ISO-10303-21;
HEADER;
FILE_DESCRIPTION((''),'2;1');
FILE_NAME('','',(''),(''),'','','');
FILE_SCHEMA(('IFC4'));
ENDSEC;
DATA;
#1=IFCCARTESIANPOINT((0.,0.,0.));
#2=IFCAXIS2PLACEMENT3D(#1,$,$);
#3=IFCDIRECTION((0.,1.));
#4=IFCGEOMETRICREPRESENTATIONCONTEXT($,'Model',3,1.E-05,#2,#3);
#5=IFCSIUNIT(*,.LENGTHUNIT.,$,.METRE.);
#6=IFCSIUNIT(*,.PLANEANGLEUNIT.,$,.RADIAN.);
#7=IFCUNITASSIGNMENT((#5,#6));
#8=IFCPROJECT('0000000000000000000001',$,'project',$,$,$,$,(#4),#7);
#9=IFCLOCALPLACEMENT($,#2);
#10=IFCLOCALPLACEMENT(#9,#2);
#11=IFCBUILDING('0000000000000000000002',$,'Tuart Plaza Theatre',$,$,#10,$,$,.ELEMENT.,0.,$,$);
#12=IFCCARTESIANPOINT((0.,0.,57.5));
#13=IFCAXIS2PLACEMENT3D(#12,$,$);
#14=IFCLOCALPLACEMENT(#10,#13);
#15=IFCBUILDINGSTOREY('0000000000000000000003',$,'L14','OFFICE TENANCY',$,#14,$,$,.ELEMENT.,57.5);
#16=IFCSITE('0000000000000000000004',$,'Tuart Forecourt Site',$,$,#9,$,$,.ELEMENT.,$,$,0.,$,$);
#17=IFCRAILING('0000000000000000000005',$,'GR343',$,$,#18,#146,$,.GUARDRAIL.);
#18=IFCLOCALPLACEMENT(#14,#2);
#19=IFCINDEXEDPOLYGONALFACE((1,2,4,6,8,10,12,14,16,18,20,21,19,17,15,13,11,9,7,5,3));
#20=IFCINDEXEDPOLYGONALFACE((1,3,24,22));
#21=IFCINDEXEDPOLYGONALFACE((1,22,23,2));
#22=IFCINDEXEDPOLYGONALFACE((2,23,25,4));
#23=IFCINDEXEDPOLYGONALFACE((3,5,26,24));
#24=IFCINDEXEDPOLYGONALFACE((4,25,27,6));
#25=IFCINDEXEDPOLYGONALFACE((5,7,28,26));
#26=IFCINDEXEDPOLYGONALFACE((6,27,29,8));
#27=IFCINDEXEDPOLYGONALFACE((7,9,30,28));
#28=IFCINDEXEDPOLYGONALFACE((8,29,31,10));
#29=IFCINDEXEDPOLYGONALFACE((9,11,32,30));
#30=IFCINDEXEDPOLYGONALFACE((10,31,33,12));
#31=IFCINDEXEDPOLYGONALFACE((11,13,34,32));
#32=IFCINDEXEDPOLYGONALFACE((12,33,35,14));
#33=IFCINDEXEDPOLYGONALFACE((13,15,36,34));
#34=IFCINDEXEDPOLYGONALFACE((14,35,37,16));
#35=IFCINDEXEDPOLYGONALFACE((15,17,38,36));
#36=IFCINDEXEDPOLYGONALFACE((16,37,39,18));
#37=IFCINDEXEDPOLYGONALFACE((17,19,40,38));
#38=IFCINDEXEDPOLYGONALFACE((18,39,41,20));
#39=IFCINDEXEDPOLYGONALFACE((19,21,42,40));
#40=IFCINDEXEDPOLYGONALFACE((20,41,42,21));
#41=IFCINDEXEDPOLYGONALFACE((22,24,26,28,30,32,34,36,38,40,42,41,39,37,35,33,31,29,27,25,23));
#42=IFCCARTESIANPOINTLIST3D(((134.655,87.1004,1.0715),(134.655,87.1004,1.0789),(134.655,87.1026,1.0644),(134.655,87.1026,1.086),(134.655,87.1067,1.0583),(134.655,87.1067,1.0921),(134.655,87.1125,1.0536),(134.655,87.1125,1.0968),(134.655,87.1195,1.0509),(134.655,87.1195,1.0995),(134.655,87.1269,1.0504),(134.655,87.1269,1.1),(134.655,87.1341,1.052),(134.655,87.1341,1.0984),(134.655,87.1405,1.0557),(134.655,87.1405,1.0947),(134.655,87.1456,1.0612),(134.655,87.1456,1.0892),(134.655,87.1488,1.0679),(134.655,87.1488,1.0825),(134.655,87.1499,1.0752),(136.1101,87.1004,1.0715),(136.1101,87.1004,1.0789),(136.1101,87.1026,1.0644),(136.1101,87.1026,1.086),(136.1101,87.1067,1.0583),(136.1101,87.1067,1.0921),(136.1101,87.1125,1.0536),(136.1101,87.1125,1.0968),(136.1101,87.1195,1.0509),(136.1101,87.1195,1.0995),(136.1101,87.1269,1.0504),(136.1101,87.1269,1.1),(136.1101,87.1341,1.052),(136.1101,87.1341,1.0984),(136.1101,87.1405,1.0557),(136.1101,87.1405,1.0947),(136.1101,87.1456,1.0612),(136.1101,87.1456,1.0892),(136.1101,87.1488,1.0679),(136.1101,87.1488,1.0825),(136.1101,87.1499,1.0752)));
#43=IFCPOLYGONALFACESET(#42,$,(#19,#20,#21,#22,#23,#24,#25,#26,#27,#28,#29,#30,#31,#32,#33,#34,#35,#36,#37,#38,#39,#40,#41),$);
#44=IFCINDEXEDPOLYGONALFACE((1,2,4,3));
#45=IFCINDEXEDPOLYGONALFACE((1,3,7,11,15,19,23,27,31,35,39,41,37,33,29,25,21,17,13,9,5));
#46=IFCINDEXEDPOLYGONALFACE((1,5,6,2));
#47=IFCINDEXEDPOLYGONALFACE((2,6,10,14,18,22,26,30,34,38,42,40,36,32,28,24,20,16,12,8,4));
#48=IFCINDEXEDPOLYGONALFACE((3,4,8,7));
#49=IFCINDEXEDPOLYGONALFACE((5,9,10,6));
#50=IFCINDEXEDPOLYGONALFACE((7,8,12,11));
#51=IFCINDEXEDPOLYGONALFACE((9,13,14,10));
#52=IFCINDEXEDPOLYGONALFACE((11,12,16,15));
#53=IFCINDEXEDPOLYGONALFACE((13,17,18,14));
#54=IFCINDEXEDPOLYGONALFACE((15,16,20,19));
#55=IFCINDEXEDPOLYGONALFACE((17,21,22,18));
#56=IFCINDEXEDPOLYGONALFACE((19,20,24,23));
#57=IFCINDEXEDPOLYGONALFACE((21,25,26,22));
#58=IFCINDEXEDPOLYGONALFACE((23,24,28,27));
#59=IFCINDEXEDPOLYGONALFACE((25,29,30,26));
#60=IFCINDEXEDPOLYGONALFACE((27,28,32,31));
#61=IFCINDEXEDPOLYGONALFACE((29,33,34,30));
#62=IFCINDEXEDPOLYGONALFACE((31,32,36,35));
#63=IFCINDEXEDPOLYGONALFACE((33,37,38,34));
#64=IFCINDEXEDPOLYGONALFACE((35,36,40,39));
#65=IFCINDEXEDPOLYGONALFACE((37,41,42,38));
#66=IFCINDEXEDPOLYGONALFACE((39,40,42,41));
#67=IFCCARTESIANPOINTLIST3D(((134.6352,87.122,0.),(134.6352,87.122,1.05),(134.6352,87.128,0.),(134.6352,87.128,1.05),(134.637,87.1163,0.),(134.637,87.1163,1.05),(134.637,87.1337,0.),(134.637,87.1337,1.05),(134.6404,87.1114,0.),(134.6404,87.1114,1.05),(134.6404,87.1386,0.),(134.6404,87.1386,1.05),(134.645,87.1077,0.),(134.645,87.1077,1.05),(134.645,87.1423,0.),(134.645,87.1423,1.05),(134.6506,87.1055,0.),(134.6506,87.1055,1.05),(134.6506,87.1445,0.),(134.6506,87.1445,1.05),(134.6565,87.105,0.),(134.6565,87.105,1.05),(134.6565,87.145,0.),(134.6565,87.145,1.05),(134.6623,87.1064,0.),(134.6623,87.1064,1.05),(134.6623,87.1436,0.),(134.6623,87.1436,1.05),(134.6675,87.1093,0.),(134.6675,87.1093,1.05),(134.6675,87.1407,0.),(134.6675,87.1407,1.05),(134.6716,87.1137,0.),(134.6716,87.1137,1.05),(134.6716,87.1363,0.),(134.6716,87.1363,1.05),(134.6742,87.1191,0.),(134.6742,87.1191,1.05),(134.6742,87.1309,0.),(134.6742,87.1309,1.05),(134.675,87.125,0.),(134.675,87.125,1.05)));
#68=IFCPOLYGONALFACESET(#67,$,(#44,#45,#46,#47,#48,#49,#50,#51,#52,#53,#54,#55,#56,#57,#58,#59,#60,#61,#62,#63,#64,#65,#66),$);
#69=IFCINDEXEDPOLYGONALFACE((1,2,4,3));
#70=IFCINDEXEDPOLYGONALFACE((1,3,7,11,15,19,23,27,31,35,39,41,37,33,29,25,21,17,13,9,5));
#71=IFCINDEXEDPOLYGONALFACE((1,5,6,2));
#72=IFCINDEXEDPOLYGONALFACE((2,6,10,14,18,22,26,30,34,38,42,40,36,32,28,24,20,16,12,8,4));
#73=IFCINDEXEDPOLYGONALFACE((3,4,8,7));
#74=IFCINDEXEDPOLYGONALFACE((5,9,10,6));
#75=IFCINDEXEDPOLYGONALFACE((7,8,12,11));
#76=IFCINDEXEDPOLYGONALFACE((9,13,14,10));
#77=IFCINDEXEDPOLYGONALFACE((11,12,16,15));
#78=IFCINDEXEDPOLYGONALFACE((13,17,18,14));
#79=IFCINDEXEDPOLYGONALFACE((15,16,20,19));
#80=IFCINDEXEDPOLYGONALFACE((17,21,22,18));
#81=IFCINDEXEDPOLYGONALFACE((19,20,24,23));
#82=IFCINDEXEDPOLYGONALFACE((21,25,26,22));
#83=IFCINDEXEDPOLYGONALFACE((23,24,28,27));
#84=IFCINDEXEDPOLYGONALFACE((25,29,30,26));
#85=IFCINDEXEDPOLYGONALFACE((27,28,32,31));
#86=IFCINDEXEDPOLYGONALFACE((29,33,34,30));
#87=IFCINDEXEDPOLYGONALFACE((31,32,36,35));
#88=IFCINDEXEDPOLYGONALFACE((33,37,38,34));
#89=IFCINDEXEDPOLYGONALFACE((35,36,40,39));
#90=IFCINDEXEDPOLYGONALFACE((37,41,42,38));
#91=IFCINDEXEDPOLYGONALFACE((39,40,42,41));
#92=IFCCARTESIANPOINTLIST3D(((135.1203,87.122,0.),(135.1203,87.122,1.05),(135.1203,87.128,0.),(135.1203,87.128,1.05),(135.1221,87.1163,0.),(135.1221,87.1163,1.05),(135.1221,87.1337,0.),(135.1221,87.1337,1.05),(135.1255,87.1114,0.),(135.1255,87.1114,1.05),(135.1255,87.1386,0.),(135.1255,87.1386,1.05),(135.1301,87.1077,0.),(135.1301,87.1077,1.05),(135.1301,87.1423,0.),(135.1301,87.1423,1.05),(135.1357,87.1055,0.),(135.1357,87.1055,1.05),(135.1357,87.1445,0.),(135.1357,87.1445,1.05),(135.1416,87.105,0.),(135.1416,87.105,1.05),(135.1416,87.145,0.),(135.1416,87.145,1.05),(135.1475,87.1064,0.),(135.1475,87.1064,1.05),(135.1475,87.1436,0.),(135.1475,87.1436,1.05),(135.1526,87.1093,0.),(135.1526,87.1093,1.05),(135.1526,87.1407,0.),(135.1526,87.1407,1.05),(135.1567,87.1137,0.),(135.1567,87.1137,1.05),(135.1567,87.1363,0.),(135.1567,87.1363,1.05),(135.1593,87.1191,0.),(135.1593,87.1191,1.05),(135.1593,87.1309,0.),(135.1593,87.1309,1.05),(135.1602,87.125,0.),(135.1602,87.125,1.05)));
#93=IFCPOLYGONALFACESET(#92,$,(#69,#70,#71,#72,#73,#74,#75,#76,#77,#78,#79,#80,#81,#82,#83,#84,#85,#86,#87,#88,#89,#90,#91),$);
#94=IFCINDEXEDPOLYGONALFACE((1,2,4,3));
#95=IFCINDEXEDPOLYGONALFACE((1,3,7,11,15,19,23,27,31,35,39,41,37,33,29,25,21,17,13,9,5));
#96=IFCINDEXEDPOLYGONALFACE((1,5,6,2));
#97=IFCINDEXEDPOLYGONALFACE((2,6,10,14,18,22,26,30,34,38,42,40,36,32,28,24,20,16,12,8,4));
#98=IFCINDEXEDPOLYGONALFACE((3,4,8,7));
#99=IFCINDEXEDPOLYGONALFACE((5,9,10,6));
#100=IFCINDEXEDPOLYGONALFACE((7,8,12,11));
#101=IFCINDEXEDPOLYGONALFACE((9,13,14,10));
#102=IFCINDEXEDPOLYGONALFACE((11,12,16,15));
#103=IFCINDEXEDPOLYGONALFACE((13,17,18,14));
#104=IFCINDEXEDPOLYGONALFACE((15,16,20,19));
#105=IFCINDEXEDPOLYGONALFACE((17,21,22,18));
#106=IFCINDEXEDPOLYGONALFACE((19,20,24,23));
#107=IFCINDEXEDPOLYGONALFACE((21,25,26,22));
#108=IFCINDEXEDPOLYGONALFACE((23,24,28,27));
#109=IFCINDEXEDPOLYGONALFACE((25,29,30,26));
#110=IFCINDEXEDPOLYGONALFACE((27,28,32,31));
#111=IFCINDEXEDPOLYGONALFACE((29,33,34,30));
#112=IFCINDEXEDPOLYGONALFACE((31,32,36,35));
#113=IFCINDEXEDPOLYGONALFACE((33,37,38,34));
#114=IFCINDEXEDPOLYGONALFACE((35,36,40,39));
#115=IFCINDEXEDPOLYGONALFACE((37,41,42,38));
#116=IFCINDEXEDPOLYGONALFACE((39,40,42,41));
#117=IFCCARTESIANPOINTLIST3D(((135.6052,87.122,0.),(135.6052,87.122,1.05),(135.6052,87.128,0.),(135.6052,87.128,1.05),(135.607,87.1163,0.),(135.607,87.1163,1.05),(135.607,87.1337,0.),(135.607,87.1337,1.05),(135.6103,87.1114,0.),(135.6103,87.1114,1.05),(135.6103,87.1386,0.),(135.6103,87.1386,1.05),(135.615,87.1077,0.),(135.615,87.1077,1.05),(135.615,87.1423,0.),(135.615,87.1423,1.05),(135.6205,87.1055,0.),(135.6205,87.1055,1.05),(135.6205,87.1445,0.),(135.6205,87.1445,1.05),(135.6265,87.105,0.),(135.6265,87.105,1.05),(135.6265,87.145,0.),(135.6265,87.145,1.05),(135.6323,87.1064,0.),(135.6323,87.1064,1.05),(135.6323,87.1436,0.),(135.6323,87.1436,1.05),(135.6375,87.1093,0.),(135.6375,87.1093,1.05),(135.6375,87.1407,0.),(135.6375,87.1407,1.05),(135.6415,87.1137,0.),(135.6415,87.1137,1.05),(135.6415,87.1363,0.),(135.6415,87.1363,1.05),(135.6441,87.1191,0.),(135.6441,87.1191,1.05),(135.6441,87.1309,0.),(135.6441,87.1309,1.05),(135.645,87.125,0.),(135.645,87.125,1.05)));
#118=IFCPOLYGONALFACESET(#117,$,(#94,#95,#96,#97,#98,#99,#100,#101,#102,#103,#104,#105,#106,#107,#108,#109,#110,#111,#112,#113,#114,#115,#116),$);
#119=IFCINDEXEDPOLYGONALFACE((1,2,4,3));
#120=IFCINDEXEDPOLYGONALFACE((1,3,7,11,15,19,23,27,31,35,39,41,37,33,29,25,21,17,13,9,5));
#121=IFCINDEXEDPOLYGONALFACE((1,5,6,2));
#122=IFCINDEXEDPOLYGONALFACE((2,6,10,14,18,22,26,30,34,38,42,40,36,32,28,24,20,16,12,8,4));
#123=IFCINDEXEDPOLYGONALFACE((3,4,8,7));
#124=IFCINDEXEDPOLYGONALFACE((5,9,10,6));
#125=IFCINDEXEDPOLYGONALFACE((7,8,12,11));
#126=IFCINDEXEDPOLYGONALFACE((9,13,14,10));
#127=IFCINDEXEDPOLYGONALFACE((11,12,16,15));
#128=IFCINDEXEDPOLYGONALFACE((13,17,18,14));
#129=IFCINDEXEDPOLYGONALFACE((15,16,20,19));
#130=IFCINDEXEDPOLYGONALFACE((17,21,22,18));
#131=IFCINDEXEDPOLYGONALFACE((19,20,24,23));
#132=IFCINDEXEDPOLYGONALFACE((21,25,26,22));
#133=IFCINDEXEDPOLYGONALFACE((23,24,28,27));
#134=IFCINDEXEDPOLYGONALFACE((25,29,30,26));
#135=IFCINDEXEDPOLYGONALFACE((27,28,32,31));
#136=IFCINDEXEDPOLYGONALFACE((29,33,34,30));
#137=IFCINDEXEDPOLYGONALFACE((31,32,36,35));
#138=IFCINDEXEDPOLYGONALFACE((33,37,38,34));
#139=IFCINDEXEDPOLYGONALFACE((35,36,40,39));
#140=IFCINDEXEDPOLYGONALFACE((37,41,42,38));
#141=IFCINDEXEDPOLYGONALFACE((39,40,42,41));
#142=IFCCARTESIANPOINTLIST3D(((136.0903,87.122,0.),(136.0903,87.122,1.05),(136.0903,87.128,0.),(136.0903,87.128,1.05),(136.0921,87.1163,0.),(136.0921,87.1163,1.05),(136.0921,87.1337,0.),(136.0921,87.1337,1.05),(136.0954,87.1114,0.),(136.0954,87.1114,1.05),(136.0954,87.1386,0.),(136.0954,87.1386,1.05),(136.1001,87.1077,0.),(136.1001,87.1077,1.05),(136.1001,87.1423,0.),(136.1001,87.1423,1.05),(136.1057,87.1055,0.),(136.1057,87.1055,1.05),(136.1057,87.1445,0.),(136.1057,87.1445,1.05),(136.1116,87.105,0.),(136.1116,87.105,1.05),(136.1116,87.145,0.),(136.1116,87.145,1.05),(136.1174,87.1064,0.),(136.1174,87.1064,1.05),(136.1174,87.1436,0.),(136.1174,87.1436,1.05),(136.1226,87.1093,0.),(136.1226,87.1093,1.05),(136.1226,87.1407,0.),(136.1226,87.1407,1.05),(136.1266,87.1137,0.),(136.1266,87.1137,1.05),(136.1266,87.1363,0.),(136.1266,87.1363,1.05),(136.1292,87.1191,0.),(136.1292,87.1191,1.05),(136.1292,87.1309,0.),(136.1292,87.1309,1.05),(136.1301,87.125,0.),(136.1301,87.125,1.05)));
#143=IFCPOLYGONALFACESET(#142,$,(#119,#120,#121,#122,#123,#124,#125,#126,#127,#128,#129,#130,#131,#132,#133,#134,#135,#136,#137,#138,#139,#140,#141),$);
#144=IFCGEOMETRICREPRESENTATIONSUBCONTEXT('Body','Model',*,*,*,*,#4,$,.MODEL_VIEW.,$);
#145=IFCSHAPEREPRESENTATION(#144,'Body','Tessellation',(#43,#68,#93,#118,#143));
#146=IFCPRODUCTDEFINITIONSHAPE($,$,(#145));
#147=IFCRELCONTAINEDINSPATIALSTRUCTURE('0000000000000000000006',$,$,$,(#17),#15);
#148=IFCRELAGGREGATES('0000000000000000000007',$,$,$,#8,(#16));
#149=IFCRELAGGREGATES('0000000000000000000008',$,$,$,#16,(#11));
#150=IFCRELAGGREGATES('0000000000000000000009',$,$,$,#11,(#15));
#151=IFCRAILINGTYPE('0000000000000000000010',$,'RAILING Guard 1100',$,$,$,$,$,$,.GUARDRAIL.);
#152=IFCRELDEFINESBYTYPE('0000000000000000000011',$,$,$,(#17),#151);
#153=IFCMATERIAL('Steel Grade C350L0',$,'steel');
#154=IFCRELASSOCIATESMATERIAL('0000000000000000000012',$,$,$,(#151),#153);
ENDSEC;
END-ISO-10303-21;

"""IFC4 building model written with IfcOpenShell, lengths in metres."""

from ifc_helpers import new_model, si_unit, direction, frame, origin, origin_2d, place, context, subcontext, project, spatial, circle, extrude, material, type_object, element, save


model = new_model("IFC4")

# Units and contexts
model_context = context("Model", 3, precision=1e-05, world=origin(), true_north=direction((0.0, 1.0)))
body_context = subcontext(model_context, "Body", "Model", "MODEL_VIEW")
ifc_project = project(units=[si_unit("LENGTHUNIT", "METRE"), si_unit("PLANEANGLEUNIT", "RADIAN")], contexts=[model_context])

# Site, building, storey
site_placement = place(None, origin())
site = spatial("IfcSite", under=ifc_project, at=site_placement, Name="Tuart Forecourt Site", CompositionType="ELEMENT", RefElevation=0.0)
building_placement = place(site_placement, origin())
building = spatial("IfcBuilding", under=site, at=building_placement, Name="Tuart Plaza Theatre", CompositionType="ELEMENT", ElevationOfRefHeight=0.0)
storey_placement = place(building_placement, frame((0.0, 0.0, 57.5)))
storey = spatial("IfcBuildingStorey", under=building, at=storey_placement, Name="L14", Description="OFFICE TENANCY", CompositionType="ELEMENT", Elevation=57.5)

# Railing
ifc_material_1 = material(Name="Steel Grade C350L0", Category="steel")
railing_type_1 = type_object("IfcRailingType", Name="RAILING Guard 1100", PredefinedType="GUARDRAIL", material=ifc_material_1)
railing_1_placement = place(storey_placement, frame((134.655, 87.125, 0.0)))
element("IfcRailing", 1, at=railing_1_placement, inside=storey, type_object=railing_type_1, Name="GR343", PredefinedType="GUARDRAIL", context=body_context, shape_type="SweptSolid", body=[
    extrude(circle(Radius=0.0249, at=origin_2d()), frame((0.0, 0.0, 1.0752), z_axis=(1.0, 0.0, 0.0), x_axis=(0.0, 1.0, 0.0)), (0.0, 0.0, 1.0), 1.4551),
    extrude(circle(Radius=0.02, at=origin_2d()), origin(), (0.0, 0.0, 1.0), 1.05),
    extrude(circle(Radius=0.02, at=origin_2d()), frame((0.4851, 0.0, 0.0)), (0.0, 0.0, 1.0), 1.05),
    extrude(circle(Radius=0.02, at=origin_2d()), frame((0.97, 0.0, 0.0)), (0.0, 0.0, 1.0), 1.05),
    extrude(circle(Radius=0.02, at=origin_2d()), frame((1.4551, 0.0, 0.0)), (0.0, 0.0, 1.0), 1.05),
])

save(model, "model.ifc")
